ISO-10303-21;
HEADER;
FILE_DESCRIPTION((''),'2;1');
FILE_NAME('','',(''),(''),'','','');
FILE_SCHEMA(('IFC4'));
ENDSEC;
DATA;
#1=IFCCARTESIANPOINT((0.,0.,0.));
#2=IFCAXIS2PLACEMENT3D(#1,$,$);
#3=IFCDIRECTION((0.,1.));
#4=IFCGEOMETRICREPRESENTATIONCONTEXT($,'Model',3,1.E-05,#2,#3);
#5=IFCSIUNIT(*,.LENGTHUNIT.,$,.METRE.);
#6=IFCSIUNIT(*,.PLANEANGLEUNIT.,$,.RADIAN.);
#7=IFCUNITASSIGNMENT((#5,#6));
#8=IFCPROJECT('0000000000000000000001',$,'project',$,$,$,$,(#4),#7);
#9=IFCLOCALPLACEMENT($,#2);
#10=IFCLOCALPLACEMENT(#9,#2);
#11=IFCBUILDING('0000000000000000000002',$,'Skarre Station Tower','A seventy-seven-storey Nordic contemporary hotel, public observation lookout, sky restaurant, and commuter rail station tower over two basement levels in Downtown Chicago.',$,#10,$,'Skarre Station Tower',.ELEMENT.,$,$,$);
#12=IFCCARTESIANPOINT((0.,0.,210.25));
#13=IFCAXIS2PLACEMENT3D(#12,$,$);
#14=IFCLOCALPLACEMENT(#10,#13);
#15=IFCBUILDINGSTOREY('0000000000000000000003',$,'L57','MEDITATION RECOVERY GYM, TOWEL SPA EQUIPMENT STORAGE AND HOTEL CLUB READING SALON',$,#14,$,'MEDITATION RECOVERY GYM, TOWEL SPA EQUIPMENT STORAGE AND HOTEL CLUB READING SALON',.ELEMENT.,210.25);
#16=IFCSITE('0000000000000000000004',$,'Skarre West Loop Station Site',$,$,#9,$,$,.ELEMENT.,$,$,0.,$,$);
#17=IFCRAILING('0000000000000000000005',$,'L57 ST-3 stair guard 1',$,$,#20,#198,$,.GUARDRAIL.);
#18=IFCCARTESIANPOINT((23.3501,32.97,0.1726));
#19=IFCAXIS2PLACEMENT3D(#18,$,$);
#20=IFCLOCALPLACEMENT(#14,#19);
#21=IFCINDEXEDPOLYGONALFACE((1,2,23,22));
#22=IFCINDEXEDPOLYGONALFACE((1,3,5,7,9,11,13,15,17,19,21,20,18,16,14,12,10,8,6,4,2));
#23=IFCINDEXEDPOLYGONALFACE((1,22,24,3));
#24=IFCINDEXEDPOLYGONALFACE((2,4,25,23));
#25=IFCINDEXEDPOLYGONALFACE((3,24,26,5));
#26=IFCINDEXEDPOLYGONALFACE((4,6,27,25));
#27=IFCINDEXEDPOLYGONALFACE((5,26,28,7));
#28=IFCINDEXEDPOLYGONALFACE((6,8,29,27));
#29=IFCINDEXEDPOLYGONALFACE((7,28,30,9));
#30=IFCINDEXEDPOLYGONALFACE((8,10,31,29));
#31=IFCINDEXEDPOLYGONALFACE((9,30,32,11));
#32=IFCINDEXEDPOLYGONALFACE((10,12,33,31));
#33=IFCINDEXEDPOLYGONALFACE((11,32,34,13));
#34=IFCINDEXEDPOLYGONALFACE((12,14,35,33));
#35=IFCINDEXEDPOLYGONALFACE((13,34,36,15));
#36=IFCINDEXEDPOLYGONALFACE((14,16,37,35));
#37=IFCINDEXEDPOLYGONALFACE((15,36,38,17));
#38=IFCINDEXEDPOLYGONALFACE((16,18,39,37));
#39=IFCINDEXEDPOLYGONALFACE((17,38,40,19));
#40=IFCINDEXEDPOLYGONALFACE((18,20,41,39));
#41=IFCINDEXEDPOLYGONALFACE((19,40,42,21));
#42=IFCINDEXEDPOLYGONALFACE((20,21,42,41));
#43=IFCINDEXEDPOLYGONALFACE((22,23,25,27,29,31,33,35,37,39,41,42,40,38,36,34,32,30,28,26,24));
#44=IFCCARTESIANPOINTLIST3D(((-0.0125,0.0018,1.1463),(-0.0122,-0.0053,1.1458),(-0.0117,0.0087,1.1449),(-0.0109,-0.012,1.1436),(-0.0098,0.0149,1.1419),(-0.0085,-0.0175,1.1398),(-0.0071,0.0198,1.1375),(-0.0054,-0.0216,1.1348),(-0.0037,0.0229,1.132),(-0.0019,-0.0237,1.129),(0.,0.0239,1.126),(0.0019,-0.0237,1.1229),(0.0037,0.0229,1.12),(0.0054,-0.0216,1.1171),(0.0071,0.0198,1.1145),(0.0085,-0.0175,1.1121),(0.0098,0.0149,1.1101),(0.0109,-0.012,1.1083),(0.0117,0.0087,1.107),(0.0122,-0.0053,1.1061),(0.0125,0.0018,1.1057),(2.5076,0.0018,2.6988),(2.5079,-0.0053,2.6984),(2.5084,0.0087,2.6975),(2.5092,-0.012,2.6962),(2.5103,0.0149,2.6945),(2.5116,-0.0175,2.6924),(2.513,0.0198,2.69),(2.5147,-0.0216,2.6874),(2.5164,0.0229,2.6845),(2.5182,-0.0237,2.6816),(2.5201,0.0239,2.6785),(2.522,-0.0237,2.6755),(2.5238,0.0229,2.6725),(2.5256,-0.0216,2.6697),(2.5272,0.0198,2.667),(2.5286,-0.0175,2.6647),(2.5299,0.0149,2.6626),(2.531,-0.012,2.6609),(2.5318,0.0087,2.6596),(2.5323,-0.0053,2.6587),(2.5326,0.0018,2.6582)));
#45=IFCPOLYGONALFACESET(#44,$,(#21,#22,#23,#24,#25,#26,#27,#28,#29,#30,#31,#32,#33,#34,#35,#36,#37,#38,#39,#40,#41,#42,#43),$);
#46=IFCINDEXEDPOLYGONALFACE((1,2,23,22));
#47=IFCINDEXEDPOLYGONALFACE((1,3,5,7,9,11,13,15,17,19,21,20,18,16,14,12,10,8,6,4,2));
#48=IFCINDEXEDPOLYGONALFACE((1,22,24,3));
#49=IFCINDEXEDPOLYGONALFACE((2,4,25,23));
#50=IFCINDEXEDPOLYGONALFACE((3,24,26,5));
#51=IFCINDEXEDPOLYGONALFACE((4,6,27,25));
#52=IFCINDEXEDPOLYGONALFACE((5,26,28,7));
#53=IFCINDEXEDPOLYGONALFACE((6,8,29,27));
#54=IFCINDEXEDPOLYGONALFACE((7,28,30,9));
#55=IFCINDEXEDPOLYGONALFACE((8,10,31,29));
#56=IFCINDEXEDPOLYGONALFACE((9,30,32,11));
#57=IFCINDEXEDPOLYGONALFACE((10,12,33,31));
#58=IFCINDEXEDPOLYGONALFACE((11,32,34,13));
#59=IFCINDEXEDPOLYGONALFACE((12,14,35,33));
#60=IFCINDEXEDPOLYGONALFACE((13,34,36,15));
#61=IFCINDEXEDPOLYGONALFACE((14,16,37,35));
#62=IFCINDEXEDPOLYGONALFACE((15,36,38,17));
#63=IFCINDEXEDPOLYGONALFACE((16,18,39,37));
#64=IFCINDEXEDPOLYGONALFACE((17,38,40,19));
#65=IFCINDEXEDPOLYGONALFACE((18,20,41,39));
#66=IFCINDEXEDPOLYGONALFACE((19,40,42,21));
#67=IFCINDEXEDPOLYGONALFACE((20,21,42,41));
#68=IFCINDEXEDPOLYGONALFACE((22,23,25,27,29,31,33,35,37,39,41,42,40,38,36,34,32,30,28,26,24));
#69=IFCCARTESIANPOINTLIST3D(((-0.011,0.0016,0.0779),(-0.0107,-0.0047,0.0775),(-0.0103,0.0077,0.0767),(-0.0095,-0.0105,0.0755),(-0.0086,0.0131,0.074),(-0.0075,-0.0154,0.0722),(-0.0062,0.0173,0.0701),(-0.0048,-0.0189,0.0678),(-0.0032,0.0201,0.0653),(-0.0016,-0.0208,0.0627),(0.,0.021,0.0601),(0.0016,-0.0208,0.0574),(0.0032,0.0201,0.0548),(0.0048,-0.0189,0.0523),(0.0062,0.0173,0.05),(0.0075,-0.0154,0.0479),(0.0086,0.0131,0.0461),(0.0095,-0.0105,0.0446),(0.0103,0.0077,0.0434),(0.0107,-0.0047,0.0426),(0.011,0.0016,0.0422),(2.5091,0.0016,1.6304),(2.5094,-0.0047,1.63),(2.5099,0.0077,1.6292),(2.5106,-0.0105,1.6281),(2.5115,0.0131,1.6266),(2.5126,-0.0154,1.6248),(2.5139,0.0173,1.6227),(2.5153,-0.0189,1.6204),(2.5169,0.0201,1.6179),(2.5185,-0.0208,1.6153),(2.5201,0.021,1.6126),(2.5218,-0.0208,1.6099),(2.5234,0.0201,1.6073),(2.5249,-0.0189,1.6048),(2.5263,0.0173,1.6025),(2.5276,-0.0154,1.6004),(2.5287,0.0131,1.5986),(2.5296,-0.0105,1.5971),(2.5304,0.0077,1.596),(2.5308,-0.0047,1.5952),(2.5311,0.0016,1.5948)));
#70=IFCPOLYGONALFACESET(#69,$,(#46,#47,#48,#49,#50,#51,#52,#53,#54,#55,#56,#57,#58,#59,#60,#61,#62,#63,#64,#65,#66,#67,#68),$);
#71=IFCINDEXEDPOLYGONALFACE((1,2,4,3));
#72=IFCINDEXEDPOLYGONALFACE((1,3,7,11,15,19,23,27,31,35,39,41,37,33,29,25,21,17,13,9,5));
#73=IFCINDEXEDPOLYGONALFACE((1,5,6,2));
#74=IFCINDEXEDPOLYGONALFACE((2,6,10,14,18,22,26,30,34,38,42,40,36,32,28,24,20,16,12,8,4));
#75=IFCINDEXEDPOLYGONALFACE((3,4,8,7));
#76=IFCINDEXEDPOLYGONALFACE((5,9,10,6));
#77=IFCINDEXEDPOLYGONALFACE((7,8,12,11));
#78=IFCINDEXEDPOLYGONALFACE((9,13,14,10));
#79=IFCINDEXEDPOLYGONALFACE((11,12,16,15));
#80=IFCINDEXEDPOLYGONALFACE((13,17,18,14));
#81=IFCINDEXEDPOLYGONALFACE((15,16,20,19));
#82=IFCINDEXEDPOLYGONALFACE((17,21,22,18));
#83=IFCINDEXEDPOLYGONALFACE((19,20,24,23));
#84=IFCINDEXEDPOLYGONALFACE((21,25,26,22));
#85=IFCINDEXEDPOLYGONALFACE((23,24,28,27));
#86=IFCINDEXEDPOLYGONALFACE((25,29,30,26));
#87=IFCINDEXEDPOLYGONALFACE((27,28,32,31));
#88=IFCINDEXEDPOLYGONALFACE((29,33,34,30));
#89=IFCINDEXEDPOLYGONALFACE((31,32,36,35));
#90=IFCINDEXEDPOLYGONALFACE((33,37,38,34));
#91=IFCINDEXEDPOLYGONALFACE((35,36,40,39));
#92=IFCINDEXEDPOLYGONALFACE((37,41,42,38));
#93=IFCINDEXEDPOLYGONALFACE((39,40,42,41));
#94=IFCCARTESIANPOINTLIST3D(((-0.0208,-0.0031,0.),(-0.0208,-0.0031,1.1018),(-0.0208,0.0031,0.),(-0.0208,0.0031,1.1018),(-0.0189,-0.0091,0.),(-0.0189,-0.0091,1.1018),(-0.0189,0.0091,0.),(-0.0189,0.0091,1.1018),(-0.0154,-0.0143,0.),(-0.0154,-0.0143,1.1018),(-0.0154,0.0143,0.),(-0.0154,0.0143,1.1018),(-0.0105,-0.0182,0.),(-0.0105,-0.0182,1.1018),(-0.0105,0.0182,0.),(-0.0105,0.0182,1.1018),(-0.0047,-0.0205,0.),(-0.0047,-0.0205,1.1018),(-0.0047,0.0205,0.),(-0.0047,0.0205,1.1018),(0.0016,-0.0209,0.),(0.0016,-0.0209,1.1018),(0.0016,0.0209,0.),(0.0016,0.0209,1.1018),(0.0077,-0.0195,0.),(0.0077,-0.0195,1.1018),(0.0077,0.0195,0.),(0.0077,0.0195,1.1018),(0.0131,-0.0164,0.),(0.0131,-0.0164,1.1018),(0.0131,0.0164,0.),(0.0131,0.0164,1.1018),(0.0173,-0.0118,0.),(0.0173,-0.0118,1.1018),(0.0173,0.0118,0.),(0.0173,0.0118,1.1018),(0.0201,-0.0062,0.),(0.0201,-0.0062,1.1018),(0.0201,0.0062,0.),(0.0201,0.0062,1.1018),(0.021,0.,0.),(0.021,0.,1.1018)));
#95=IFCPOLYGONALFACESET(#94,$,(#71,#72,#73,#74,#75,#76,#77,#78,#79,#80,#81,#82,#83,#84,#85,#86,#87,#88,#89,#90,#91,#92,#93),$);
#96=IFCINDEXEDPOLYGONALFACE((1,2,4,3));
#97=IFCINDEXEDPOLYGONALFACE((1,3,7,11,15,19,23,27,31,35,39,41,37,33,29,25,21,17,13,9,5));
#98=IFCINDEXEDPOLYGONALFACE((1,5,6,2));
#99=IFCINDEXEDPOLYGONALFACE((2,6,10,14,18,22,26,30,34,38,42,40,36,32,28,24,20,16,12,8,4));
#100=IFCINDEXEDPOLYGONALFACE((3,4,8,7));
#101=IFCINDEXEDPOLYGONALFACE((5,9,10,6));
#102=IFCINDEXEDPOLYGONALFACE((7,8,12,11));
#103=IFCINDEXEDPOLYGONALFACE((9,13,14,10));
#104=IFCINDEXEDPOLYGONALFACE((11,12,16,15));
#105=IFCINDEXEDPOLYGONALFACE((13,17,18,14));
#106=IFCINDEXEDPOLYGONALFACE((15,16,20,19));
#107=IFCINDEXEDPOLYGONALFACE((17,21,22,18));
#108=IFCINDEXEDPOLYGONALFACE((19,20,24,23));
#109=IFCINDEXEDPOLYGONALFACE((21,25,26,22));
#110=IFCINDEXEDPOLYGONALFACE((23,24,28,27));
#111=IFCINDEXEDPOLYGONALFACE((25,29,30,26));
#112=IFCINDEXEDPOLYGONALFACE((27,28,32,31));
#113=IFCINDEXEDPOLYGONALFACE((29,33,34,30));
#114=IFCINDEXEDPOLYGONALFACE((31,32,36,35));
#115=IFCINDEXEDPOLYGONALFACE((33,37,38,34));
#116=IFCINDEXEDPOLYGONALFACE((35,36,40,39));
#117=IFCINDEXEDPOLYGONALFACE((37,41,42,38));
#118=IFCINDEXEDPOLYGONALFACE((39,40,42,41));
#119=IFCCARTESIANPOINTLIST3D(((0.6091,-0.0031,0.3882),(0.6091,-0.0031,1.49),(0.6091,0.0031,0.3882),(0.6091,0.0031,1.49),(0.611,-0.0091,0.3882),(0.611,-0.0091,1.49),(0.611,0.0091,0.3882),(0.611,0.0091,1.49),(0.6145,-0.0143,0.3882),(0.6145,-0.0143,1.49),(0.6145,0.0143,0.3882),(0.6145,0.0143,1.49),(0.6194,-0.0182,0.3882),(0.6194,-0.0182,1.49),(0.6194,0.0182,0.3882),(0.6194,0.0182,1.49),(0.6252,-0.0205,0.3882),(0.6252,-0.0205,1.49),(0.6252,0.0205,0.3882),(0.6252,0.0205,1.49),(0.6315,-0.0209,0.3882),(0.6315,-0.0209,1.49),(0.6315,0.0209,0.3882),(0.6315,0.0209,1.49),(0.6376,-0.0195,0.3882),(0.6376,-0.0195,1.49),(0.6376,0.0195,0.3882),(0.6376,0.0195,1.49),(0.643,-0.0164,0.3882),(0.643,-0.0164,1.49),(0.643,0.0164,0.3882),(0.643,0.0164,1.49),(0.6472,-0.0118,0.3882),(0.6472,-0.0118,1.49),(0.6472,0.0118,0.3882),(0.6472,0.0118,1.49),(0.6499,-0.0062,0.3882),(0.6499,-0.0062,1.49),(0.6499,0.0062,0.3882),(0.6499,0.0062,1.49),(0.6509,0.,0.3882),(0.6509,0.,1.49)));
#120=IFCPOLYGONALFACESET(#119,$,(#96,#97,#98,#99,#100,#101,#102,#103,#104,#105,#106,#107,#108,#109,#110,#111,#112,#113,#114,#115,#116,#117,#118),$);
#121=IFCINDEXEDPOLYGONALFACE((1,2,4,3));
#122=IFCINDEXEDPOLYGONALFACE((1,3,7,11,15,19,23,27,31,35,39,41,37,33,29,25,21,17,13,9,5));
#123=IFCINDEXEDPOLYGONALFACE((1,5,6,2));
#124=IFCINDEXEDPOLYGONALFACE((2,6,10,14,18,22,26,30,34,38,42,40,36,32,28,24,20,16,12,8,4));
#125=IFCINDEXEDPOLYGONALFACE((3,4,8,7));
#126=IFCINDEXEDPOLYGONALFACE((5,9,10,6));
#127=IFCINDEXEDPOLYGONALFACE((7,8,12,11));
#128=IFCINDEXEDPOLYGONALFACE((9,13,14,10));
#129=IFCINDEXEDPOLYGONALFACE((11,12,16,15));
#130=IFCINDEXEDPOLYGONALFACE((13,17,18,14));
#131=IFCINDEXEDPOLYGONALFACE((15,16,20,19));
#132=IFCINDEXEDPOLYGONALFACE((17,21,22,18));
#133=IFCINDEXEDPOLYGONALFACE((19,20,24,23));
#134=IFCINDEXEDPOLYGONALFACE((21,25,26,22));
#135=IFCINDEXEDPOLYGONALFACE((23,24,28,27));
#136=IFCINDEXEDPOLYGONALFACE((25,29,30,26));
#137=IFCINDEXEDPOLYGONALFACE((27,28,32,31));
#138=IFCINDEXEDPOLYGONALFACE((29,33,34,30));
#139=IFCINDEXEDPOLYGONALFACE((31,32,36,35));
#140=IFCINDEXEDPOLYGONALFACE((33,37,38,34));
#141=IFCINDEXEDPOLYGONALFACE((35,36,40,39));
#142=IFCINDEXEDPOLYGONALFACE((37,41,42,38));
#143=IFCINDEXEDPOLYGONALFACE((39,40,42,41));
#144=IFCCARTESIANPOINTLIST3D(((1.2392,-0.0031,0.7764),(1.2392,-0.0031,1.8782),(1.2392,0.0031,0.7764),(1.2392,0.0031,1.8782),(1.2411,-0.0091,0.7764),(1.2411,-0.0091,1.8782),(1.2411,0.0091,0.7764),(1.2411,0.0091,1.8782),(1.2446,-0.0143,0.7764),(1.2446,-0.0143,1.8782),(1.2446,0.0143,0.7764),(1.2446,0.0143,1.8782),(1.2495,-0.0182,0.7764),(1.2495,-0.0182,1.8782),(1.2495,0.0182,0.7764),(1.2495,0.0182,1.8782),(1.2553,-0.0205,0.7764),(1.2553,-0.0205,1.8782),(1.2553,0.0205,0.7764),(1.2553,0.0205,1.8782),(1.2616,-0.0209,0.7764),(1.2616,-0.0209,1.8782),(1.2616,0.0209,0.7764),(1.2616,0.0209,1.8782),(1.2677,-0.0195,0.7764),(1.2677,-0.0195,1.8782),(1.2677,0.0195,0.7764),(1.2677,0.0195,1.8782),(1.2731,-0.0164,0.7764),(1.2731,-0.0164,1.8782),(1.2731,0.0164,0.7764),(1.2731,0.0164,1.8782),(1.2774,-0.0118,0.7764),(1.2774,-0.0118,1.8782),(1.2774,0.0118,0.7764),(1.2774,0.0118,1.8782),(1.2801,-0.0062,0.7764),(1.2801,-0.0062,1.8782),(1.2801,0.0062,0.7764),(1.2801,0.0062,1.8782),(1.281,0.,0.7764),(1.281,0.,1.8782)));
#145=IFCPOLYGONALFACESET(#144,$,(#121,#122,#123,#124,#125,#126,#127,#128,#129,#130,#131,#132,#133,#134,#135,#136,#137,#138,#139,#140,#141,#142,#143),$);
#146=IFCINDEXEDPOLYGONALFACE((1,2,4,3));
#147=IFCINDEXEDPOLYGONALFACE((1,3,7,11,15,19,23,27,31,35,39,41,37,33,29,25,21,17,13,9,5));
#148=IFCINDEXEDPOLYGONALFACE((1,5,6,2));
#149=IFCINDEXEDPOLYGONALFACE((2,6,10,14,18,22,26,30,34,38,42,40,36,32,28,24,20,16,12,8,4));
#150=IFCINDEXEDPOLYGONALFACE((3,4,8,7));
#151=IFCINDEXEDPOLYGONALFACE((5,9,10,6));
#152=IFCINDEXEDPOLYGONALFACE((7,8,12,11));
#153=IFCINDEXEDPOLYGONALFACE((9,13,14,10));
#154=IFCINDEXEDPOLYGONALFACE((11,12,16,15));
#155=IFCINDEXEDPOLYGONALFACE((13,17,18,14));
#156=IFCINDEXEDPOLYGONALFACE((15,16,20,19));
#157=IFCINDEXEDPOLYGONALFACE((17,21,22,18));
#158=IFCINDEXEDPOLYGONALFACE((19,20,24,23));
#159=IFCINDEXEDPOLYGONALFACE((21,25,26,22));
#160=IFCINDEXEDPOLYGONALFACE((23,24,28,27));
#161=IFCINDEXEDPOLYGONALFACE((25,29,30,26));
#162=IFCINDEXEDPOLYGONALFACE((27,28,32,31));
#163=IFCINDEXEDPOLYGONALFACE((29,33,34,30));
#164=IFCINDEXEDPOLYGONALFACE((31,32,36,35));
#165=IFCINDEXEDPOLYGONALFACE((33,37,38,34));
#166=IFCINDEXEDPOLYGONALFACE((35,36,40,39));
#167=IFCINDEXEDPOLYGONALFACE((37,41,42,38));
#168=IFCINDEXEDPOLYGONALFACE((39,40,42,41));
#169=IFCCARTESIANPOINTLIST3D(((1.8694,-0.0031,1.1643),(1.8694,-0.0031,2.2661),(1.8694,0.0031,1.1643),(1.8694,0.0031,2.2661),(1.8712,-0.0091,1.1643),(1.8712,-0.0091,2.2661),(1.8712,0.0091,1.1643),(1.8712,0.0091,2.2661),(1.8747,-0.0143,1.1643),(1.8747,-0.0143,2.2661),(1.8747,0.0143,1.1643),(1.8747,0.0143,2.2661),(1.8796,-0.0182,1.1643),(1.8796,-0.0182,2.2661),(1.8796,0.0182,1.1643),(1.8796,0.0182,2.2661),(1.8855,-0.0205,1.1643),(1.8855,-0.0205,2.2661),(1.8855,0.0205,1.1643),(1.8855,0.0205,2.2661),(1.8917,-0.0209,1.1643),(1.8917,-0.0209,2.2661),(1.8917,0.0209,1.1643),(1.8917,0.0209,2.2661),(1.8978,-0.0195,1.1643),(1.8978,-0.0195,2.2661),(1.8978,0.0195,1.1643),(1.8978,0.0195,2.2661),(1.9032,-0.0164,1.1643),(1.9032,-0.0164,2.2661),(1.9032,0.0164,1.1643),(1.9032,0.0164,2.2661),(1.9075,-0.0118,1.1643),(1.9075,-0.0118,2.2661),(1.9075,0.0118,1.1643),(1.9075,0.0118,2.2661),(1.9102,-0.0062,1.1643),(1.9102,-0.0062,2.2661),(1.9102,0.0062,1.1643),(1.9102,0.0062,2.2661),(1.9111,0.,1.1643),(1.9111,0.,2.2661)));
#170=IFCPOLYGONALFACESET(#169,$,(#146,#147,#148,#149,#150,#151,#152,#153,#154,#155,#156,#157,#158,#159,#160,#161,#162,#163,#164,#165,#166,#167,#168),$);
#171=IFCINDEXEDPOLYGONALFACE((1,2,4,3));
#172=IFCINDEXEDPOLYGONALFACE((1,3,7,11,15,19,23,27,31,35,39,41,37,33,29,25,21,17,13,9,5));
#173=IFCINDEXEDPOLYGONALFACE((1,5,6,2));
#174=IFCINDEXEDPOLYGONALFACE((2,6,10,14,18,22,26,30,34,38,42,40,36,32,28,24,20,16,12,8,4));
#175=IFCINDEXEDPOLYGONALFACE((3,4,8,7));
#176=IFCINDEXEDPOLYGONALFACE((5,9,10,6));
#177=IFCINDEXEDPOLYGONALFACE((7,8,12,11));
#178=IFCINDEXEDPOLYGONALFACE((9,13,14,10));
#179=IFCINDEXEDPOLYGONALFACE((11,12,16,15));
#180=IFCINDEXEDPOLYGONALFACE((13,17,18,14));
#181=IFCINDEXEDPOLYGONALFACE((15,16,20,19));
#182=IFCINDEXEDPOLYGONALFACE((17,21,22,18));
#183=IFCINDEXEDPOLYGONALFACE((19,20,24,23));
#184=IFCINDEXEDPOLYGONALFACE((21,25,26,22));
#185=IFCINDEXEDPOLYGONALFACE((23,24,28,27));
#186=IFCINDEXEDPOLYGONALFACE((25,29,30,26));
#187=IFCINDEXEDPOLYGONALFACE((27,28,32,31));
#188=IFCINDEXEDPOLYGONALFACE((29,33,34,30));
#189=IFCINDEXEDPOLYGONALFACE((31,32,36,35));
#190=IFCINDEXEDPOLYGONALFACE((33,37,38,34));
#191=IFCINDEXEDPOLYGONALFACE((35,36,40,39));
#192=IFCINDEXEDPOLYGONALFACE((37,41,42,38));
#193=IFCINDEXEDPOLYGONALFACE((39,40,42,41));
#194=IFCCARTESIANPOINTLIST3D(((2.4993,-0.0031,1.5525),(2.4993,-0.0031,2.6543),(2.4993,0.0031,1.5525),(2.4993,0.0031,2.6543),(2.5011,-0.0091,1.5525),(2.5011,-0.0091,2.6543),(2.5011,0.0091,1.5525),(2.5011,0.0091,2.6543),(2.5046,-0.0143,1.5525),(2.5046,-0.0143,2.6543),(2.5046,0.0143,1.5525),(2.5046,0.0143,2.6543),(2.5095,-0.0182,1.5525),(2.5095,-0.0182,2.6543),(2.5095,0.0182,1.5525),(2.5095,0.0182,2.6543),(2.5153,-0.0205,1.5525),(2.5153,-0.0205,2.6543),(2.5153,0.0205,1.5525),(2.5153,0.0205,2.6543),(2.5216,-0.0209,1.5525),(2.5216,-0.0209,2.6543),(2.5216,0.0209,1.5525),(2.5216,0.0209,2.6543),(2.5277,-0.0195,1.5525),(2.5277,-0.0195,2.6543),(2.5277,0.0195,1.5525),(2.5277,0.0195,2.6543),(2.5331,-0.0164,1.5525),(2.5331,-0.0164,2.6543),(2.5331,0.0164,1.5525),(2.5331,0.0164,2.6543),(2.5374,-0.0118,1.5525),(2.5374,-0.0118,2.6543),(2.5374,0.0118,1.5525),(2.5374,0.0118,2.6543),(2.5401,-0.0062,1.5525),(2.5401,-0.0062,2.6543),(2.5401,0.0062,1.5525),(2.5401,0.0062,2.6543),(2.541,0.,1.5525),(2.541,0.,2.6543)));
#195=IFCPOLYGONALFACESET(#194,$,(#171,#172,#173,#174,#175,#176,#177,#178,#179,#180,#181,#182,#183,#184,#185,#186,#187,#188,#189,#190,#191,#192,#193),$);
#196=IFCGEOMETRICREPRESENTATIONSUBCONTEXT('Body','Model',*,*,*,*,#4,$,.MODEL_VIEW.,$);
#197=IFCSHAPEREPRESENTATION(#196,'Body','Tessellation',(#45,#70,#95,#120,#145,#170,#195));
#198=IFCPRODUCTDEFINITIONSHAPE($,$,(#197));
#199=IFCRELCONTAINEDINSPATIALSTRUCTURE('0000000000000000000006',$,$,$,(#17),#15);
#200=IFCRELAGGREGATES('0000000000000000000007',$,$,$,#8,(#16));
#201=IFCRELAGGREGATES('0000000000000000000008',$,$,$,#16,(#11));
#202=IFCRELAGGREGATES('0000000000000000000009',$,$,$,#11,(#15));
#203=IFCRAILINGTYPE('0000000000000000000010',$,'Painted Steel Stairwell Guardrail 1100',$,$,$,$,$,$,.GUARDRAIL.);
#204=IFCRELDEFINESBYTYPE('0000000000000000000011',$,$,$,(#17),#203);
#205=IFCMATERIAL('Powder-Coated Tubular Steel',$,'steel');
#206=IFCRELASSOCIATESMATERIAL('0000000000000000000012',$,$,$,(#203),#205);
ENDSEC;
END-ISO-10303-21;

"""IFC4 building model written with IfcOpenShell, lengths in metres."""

from ifc_helpers import new_model, si_unit, direction, frame, origin, origin_2d, place, context, subcontext, project, spatial, circle, extrude, material, type_object, element, save


model = new_model("IFC4")

# Units and contexts
model_context = context("Model", 3, precision=1e-05, world=origin(), true_north=direction((0.0, 1.0)))
body_context = subcontext(model_context, "Body", "Model", "MODEL_VIEW")
ifc_project = project(units=[si_unit("LENGTHUNIT", "METRE"), si_unit("PLANEANGLEUNIT", "RADIAN")], contexts=[model_context])

# Site, building, storey
site_placement = place(None, origin())
site = spatial("IfcSite", under=ifc_project, at=site_placement, Name="Skarre West Loop Station Site", CompositionType="ELEMENT", RefElevation=0.0)
building_placement = place(site_placement, origin())
building = spatial("IfcBuilding", under=site, at=building_placement, Name="Skarre Station Tower", Description="A seventy-seven-storey Nordic contemporary hotel, public observation lookout, sky restaurant, and commuter rail station tower over two basement levels in Downtown Chicago.", LongName="Skarre Station Tower", CompositionType="ELEMENT")
storey_placement = place(building_placement, frame((0.0, 0.0, 210.25)))
storey = spatial("IfcBuildingStorey", under=building, at=storey_placement, Name="L57", Description="MEDITATION RECOVERY GYM, TOWEL SPA EQUIPMENT STORAGE AND HOTEL CLUB READING SALON", LongName="MEDITATION RECOVERY GYM, TOWEL SPA EQUIPMENT STORAGE AND HOTEL CLUB READING SALON", CompositionType="ELEMENT", Elevation=210.25)

# Railing
ifc_material_1 = material(Name="Powder-Coated Tubular Steel", Category="steel")
railing_type_1 = type_object("IfcRailingType", Name="Painted Steel Stairwell Guardrail 1100", PredefinedType="GUARDRAIL", material=ifc_material_1)
railing_1_placement = place(storey_placement, frame((23.3501, 32.97, 0.1726)))
element("IfcRailing", 1, at=railing_1_placement, inside=storey, type_object=railing_type_1, Name="L57 ST-3 stair guard 1", PredefinedType="GUARDRAIL", context=body_context, shape_type="SweptSolid", body=[
    extrude(circle(Radius=0.0239, at=origin_2d()), frame((0.0, 0.0, 1.126), z_axis=(0.8514, 0.0, 0.524516), x_axis=(0.0, 1.0, 0.0)), (0.0, 0.0, 1.0), 2.96),
    extrude(circle(Radius=0.021, at=origin_2d()), frame((0.0, 0.0, 0.0601), z_axis=(0.8514, 0.0, 0.524516), x_axis=(0.0, 1.0, 0.0)), (0.0, 0.0, 1.0), 2.96),
    extrude(circle(Radius=0.021, at=origin_2d()), origin(), (0.0, 0.0, 1.0), 1.1018),
    extrude(circle(Radius=0.021, at=origin_2d()), frame((0.6299, 0.0, 0.3882)), (0.0, 0.0, 1.0), 1.1018),
    extrude(circle(Radius=0.021, at=origin_2d()), frame((1.26, 0.0, 0.7764)), (0.0, 0.0, 1.0), 1.1018),
    extrude(circle(Radius=0.021, at=origin_2d()), frame((1.8901, 0.0, 1.1643)), (0.0, 0.0, 1.0), 1.1018),
    extrude(circle(Radius=0.021, at=origin_2d()), frame((2.52, 0.0, 1.5525)), (0.0, 0.0, 1.0), 1.1018),
])

save(model, "model.ifc")
